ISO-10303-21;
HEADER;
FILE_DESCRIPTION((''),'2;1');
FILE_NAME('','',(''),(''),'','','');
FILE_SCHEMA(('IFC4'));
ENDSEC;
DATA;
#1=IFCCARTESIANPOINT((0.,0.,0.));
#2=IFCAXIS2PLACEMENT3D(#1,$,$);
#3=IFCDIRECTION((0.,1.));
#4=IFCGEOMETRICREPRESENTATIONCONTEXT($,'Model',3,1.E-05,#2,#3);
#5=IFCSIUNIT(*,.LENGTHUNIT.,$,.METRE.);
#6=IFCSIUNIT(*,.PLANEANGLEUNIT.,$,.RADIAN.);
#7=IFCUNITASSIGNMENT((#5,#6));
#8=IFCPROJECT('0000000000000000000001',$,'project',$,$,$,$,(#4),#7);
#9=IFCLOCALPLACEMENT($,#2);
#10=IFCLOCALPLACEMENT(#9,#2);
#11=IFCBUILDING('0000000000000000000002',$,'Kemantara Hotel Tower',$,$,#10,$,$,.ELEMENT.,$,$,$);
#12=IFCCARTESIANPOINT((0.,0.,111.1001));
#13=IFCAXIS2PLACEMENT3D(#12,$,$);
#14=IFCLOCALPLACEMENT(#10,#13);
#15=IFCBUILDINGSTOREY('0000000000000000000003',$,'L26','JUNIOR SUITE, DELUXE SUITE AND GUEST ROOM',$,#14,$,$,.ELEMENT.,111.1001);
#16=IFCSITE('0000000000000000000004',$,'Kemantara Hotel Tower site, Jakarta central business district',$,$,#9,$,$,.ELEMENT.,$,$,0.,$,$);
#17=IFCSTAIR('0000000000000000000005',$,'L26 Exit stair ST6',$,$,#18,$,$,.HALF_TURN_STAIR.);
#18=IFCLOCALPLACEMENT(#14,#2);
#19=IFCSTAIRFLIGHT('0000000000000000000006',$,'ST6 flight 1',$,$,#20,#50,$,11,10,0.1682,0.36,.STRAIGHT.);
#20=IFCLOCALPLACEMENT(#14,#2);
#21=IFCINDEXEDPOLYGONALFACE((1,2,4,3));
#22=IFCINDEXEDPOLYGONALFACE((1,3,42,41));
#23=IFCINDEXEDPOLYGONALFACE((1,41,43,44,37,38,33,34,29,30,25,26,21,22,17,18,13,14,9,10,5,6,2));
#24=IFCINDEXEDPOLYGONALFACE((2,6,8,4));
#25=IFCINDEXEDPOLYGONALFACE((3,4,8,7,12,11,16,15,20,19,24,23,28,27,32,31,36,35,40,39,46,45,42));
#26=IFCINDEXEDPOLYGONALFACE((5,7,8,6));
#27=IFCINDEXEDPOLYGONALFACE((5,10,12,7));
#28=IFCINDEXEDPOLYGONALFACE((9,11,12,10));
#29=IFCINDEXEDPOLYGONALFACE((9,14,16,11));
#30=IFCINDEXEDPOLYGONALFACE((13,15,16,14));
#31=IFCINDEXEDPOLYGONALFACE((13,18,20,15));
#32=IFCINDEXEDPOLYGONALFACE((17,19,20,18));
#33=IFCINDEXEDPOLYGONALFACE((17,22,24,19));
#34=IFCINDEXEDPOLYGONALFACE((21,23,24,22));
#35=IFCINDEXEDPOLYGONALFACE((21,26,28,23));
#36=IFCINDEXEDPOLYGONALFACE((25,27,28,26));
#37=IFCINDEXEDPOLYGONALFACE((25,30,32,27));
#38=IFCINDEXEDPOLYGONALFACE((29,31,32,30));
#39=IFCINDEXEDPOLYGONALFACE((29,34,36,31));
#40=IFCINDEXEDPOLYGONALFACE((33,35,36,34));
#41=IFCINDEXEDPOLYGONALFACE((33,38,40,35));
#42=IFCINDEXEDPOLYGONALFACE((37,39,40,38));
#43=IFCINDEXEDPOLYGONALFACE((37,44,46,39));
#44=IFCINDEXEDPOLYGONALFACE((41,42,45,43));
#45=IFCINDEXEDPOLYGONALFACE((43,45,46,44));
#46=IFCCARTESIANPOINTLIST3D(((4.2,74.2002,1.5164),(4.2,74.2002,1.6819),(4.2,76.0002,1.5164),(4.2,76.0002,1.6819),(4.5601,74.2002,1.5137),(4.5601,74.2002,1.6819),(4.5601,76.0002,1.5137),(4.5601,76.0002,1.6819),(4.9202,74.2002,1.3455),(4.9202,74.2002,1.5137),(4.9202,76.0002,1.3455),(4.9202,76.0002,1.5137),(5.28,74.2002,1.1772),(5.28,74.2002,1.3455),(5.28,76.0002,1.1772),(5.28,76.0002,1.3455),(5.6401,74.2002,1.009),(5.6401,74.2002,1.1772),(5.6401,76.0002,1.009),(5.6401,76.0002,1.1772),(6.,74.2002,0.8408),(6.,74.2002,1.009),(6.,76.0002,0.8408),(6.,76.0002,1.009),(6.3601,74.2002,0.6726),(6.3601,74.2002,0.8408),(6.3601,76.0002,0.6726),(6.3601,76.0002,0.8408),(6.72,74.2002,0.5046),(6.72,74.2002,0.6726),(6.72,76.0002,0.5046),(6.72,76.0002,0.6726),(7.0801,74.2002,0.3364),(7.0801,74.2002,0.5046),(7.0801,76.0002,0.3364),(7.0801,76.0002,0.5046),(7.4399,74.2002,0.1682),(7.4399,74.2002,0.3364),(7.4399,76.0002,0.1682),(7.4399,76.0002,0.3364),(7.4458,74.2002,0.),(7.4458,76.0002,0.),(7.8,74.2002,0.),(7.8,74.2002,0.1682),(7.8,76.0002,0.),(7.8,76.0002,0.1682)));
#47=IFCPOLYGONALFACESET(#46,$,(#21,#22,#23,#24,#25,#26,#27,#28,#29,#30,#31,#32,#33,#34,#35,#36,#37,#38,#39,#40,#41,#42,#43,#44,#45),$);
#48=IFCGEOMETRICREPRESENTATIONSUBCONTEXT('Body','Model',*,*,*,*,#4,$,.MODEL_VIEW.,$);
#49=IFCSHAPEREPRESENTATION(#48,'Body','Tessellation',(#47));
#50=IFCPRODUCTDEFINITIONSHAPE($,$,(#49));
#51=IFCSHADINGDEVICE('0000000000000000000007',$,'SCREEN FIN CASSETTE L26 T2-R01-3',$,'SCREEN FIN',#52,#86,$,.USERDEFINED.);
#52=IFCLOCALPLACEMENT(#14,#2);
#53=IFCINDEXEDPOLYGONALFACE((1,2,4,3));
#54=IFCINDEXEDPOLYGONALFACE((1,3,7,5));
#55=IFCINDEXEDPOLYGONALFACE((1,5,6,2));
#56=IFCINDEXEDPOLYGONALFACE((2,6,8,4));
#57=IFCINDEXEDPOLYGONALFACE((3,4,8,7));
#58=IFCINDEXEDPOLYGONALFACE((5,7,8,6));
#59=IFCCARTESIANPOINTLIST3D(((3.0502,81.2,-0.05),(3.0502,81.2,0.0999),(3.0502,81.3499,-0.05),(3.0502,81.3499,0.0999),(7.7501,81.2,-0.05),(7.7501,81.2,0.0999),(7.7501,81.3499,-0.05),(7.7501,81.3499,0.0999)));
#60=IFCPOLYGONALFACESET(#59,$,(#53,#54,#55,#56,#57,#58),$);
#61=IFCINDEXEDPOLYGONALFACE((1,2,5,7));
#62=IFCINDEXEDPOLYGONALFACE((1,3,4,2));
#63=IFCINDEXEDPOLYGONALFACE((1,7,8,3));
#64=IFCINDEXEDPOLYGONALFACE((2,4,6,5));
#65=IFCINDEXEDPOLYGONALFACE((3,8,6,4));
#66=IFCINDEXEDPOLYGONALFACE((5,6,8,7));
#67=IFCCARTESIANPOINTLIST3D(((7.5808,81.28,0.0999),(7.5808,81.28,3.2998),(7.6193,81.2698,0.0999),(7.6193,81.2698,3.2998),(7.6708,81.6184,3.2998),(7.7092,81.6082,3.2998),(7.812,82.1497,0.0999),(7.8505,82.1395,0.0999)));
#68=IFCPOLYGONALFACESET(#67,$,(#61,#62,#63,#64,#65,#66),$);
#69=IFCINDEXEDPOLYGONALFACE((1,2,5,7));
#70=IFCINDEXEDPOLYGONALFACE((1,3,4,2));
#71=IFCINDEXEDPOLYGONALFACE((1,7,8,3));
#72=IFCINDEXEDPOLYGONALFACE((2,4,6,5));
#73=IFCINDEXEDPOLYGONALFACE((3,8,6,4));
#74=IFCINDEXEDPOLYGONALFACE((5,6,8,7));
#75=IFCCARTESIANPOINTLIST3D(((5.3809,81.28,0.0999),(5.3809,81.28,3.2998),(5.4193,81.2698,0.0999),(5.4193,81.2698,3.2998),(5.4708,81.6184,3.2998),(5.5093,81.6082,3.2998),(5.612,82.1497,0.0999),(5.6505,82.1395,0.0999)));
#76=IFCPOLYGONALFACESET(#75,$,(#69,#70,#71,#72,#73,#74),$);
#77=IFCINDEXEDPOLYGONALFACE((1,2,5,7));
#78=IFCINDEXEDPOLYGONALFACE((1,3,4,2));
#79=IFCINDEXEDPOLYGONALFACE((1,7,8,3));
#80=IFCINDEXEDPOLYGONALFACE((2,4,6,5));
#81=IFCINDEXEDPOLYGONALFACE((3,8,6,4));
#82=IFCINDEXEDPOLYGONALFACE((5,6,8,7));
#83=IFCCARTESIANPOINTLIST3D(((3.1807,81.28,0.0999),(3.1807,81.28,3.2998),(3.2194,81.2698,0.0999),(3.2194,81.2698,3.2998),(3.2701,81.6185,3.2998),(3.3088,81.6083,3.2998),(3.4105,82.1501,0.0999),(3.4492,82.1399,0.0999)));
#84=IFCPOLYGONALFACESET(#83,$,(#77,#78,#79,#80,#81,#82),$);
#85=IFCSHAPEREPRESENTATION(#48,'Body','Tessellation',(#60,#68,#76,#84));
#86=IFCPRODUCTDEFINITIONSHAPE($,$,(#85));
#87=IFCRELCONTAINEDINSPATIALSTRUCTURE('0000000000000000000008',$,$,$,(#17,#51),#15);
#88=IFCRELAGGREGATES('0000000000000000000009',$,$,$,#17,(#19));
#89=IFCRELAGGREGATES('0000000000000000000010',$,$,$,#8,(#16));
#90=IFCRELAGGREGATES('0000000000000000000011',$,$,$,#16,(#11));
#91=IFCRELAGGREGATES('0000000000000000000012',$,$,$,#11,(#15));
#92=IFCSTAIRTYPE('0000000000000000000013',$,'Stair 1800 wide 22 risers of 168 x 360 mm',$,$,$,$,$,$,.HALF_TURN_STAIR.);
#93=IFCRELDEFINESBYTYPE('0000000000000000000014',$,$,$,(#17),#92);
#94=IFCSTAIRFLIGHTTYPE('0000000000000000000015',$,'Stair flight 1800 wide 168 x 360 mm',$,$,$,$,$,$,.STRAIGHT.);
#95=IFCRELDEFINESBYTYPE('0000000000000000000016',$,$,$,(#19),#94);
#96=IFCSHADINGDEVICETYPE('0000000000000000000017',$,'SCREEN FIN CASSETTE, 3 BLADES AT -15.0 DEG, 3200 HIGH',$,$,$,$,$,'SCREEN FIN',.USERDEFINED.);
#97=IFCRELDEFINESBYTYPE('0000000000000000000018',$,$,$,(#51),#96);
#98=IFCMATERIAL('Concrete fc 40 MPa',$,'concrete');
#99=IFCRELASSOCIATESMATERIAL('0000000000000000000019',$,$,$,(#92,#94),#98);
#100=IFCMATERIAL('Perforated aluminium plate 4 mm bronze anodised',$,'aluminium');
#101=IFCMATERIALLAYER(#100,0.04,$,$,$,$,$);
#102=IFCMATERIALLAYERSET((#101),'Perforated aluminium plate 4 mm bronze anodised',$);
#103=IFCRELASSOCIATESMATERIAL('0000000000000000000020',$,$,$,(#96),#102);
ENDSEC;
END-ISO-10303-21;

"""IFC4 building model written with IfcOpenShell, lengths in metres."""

from ifc_helpers import new_model, si_unit, direction, frame, origin, origin_2d, place, context, subcontext, project, spatial, polyline, rectangle, outline, extrude, source, transform, mapped, material, layer, layer_set, type_object, element, aggregate, save


model = new_model("IFC4")

# Units and contexts
model_context = context("Model", 3, precision=1e-05, world=origin(), true_north=direction((0.0, 1.0)))
body_context = subcontext(model_context, "Body", "Model", "MODEL_VIEW")
ifc_project = project(units=[si_unit("LENGTHUNIT", "METRE"), si_unit("PLANEANGLEUNIT", "RADIAN")], contexts=[model_context])

# Site, building, storey
site_placement = place(None, origin())
site = spatial("IfcSite", under=ifc_project, at=site_placement, Name="Kemantara Hotel Tower site, Jakarta central business district", CompositionType="ELEMENT", RefElevation=0.0)
building_placement = place(site_placement, origin())
building = spatial("IfcBuilding", under=site, at=building_placement, Name="Kemantara Hotel Tower", CompositionType="ELEMENT")
storey_placement = place(building_placement, frame((0.0, 0.0, 111.1001)))
storey = spatial("IfcBuildingStorey", under=building, at=storey_placement, Name="L26", Description="JUNIOR SUITE, DELUXE SUITE AND GUEST ROOM", CompositionType="ELEMENT", Elevation=111.1001)

# Stair, stair flight
ifc_material_1 = material(Name="Concrete fc 40 MPa", Category="concrete")
stair_type = type_object("IfcStairType", Name="Stair 1800 wide 22 risers of 168 x 360 mm", PredefinedType="HALF_TURN_STAIR", material=ifc_material_1)
stair_placement = place(storey_placement, origin())
stair = element("IfcStair", 1, at=stair_placement, inside=storey, type_object=stair_type, Name="L26 Exit stair ST6", PredefinedType="HALF_TURN_STAIR")
stair_flight_type = type_object("IfcStairFlightType", Name="Stair flight 1800 wide 168 x 360 mm", PredefinedType="STRAIGHT", material=ifc_material_1)
stair_flight_placement = place(storey_placement, frame((7.8, 75.1001, 0.0), z_axis=(0.0, 0.0, 1.0), x_axis=(-1.0, 0.0, 0.0)))
stair_flight = element("IfcStairFlight", 2, at=stair_flight_placement, type_object=stair_flight_type, Name="ST6 flight 1", NumberOfRisers=11, NumberOfTreads=10, PredefinedType="STRAIGHT", RiserHeight=0.1682, TreadLength=0.36, context=body_context, shape_type="SweptSolid", body=[
    extrude(outline(polyline([(0.0, 0.0), (0.0, 0.1682), (0.3601, 0.1682), (0.3601, 0.3364), (0.72, 0.3364), (0.72, 0.5046), (1.0801, 0.5046), (1.0801, 0.6726), (1.4399, 0.6726), (1.4399, 0.8408), (1.8, 0.8408), (1.8, 1.009), (2.1599, 1.009), (2.1599, 1.1772), (2.52, 1.1772), (2.52, 1.3455), (2.8799, 1.3455), (2.8799, 1.5137), (3.24, 1.5137), (3.24, 1.6819), (3.6001, 1.6819), (3.6001, 1.8501), (3.6001, 1.5164), (0.3542, 0.0), (0.0, 0.0)])), frame((0.0, 0.8999, 0.0), z_axis=(0.0, -1.0, 0.0), x_axis=(1.0, 0.0, 0.0)), (0.0, 0.0, 1.0), 1.8),
])
aggregate(stair, [stair_flight])

# Shading device
ifc_material_2 = material(Name="Perforated aluminium plate 4 mm bronze anodised", Category="aluminium")
ifc_layer_1 = layer(ifc_material_2, 0.04)
ifc_layer_set_1 = layer_set([ifc_layer_1], Name="Perforated aluminium plate 4 mm bronze anodised")
shading_device_type = type_object("IfcShadingDeviceType", Name="SCREEN FIN CASSETTE, 3 BLADES AT -15.0 DEG, 3200 HIGH", ElementType="SCREEN FIN", PredefinedType="USERDEFINED", material=ifc_layer_set_1)
shared_shape_1 = source(origin(), body_context, "Body", "SweptSolid", [
    extrude(rectangle(XDim=4.7, YDim=0.1499, at=origin_2d()), frame((2.2, -0.075, -0.1499), z_axis=(0.0, 0.0, 1.0), x_axis=(1.0, 0.0, 0.0)), (0.0, 0.0, 1.0), 0.1499),
    extrude(outline(polyline([(0.0, 0.0), (0.8999, 0.0), (0.3501, 3.2), (0.0, 3.2), (0.0, 0.0)])), frame((0.0193, -0.0801, 0.0), z_axis=(-0.966438, 0.256901, 0.0), x_axis=(-0.256901, -0.966438, 0.0)), (0.0, 0.0, 1.0), 0.0398),
    extrude(outline(polyline([(0.0, 0.0), (0.8999, 0.0), (0.3501, 3.2), (0.0, 3.2), (0.0, 0.0)])), frame((2.2192, -0.0801, 0.0), z_axis=(-0.966438, 0.256901, 0.0), x_axis=(-0.256901, -0.966438, 0.0)), (0.0, 0.0, 1.0), 0.0398),
    extrude(outline(polyline([(0.0, 0.0), (0.8999, 0.0), (0.3501, 3.2), (0.0, 3.2), (0.0, 0.0)])), frame((4.4194, -0.0801, 0.0), z_axis=(-0.966838, 0.255391, 0.0), x_axis=(-0.255391, -0.966838, 0.0)), (0.0, 0.0, 1.0), 0.04),
])
shading_device_placement = place(storey_placement, frame((7.6001, 81.2, 0.0999), z_axis=(0.0, 0.0, 1.0), x_axis=(-1.0, 0.0, 0.0)))
element("IfcShadingDevice", 3, at=shading_device_placement, inside=storey, type_object=shading_device_type, Name="SCREEN FIN CASSETTE L26 T2-R01-3", ObjectType="SCREEN FIN", PredefinedType="USERDEFINED", context=body_context, shape_type="MappedRepresentation", body=[
    mapped(shared_shape_1, transform((0.0, 0.0, 0.0))),
])

save(model, "model.ifc")
